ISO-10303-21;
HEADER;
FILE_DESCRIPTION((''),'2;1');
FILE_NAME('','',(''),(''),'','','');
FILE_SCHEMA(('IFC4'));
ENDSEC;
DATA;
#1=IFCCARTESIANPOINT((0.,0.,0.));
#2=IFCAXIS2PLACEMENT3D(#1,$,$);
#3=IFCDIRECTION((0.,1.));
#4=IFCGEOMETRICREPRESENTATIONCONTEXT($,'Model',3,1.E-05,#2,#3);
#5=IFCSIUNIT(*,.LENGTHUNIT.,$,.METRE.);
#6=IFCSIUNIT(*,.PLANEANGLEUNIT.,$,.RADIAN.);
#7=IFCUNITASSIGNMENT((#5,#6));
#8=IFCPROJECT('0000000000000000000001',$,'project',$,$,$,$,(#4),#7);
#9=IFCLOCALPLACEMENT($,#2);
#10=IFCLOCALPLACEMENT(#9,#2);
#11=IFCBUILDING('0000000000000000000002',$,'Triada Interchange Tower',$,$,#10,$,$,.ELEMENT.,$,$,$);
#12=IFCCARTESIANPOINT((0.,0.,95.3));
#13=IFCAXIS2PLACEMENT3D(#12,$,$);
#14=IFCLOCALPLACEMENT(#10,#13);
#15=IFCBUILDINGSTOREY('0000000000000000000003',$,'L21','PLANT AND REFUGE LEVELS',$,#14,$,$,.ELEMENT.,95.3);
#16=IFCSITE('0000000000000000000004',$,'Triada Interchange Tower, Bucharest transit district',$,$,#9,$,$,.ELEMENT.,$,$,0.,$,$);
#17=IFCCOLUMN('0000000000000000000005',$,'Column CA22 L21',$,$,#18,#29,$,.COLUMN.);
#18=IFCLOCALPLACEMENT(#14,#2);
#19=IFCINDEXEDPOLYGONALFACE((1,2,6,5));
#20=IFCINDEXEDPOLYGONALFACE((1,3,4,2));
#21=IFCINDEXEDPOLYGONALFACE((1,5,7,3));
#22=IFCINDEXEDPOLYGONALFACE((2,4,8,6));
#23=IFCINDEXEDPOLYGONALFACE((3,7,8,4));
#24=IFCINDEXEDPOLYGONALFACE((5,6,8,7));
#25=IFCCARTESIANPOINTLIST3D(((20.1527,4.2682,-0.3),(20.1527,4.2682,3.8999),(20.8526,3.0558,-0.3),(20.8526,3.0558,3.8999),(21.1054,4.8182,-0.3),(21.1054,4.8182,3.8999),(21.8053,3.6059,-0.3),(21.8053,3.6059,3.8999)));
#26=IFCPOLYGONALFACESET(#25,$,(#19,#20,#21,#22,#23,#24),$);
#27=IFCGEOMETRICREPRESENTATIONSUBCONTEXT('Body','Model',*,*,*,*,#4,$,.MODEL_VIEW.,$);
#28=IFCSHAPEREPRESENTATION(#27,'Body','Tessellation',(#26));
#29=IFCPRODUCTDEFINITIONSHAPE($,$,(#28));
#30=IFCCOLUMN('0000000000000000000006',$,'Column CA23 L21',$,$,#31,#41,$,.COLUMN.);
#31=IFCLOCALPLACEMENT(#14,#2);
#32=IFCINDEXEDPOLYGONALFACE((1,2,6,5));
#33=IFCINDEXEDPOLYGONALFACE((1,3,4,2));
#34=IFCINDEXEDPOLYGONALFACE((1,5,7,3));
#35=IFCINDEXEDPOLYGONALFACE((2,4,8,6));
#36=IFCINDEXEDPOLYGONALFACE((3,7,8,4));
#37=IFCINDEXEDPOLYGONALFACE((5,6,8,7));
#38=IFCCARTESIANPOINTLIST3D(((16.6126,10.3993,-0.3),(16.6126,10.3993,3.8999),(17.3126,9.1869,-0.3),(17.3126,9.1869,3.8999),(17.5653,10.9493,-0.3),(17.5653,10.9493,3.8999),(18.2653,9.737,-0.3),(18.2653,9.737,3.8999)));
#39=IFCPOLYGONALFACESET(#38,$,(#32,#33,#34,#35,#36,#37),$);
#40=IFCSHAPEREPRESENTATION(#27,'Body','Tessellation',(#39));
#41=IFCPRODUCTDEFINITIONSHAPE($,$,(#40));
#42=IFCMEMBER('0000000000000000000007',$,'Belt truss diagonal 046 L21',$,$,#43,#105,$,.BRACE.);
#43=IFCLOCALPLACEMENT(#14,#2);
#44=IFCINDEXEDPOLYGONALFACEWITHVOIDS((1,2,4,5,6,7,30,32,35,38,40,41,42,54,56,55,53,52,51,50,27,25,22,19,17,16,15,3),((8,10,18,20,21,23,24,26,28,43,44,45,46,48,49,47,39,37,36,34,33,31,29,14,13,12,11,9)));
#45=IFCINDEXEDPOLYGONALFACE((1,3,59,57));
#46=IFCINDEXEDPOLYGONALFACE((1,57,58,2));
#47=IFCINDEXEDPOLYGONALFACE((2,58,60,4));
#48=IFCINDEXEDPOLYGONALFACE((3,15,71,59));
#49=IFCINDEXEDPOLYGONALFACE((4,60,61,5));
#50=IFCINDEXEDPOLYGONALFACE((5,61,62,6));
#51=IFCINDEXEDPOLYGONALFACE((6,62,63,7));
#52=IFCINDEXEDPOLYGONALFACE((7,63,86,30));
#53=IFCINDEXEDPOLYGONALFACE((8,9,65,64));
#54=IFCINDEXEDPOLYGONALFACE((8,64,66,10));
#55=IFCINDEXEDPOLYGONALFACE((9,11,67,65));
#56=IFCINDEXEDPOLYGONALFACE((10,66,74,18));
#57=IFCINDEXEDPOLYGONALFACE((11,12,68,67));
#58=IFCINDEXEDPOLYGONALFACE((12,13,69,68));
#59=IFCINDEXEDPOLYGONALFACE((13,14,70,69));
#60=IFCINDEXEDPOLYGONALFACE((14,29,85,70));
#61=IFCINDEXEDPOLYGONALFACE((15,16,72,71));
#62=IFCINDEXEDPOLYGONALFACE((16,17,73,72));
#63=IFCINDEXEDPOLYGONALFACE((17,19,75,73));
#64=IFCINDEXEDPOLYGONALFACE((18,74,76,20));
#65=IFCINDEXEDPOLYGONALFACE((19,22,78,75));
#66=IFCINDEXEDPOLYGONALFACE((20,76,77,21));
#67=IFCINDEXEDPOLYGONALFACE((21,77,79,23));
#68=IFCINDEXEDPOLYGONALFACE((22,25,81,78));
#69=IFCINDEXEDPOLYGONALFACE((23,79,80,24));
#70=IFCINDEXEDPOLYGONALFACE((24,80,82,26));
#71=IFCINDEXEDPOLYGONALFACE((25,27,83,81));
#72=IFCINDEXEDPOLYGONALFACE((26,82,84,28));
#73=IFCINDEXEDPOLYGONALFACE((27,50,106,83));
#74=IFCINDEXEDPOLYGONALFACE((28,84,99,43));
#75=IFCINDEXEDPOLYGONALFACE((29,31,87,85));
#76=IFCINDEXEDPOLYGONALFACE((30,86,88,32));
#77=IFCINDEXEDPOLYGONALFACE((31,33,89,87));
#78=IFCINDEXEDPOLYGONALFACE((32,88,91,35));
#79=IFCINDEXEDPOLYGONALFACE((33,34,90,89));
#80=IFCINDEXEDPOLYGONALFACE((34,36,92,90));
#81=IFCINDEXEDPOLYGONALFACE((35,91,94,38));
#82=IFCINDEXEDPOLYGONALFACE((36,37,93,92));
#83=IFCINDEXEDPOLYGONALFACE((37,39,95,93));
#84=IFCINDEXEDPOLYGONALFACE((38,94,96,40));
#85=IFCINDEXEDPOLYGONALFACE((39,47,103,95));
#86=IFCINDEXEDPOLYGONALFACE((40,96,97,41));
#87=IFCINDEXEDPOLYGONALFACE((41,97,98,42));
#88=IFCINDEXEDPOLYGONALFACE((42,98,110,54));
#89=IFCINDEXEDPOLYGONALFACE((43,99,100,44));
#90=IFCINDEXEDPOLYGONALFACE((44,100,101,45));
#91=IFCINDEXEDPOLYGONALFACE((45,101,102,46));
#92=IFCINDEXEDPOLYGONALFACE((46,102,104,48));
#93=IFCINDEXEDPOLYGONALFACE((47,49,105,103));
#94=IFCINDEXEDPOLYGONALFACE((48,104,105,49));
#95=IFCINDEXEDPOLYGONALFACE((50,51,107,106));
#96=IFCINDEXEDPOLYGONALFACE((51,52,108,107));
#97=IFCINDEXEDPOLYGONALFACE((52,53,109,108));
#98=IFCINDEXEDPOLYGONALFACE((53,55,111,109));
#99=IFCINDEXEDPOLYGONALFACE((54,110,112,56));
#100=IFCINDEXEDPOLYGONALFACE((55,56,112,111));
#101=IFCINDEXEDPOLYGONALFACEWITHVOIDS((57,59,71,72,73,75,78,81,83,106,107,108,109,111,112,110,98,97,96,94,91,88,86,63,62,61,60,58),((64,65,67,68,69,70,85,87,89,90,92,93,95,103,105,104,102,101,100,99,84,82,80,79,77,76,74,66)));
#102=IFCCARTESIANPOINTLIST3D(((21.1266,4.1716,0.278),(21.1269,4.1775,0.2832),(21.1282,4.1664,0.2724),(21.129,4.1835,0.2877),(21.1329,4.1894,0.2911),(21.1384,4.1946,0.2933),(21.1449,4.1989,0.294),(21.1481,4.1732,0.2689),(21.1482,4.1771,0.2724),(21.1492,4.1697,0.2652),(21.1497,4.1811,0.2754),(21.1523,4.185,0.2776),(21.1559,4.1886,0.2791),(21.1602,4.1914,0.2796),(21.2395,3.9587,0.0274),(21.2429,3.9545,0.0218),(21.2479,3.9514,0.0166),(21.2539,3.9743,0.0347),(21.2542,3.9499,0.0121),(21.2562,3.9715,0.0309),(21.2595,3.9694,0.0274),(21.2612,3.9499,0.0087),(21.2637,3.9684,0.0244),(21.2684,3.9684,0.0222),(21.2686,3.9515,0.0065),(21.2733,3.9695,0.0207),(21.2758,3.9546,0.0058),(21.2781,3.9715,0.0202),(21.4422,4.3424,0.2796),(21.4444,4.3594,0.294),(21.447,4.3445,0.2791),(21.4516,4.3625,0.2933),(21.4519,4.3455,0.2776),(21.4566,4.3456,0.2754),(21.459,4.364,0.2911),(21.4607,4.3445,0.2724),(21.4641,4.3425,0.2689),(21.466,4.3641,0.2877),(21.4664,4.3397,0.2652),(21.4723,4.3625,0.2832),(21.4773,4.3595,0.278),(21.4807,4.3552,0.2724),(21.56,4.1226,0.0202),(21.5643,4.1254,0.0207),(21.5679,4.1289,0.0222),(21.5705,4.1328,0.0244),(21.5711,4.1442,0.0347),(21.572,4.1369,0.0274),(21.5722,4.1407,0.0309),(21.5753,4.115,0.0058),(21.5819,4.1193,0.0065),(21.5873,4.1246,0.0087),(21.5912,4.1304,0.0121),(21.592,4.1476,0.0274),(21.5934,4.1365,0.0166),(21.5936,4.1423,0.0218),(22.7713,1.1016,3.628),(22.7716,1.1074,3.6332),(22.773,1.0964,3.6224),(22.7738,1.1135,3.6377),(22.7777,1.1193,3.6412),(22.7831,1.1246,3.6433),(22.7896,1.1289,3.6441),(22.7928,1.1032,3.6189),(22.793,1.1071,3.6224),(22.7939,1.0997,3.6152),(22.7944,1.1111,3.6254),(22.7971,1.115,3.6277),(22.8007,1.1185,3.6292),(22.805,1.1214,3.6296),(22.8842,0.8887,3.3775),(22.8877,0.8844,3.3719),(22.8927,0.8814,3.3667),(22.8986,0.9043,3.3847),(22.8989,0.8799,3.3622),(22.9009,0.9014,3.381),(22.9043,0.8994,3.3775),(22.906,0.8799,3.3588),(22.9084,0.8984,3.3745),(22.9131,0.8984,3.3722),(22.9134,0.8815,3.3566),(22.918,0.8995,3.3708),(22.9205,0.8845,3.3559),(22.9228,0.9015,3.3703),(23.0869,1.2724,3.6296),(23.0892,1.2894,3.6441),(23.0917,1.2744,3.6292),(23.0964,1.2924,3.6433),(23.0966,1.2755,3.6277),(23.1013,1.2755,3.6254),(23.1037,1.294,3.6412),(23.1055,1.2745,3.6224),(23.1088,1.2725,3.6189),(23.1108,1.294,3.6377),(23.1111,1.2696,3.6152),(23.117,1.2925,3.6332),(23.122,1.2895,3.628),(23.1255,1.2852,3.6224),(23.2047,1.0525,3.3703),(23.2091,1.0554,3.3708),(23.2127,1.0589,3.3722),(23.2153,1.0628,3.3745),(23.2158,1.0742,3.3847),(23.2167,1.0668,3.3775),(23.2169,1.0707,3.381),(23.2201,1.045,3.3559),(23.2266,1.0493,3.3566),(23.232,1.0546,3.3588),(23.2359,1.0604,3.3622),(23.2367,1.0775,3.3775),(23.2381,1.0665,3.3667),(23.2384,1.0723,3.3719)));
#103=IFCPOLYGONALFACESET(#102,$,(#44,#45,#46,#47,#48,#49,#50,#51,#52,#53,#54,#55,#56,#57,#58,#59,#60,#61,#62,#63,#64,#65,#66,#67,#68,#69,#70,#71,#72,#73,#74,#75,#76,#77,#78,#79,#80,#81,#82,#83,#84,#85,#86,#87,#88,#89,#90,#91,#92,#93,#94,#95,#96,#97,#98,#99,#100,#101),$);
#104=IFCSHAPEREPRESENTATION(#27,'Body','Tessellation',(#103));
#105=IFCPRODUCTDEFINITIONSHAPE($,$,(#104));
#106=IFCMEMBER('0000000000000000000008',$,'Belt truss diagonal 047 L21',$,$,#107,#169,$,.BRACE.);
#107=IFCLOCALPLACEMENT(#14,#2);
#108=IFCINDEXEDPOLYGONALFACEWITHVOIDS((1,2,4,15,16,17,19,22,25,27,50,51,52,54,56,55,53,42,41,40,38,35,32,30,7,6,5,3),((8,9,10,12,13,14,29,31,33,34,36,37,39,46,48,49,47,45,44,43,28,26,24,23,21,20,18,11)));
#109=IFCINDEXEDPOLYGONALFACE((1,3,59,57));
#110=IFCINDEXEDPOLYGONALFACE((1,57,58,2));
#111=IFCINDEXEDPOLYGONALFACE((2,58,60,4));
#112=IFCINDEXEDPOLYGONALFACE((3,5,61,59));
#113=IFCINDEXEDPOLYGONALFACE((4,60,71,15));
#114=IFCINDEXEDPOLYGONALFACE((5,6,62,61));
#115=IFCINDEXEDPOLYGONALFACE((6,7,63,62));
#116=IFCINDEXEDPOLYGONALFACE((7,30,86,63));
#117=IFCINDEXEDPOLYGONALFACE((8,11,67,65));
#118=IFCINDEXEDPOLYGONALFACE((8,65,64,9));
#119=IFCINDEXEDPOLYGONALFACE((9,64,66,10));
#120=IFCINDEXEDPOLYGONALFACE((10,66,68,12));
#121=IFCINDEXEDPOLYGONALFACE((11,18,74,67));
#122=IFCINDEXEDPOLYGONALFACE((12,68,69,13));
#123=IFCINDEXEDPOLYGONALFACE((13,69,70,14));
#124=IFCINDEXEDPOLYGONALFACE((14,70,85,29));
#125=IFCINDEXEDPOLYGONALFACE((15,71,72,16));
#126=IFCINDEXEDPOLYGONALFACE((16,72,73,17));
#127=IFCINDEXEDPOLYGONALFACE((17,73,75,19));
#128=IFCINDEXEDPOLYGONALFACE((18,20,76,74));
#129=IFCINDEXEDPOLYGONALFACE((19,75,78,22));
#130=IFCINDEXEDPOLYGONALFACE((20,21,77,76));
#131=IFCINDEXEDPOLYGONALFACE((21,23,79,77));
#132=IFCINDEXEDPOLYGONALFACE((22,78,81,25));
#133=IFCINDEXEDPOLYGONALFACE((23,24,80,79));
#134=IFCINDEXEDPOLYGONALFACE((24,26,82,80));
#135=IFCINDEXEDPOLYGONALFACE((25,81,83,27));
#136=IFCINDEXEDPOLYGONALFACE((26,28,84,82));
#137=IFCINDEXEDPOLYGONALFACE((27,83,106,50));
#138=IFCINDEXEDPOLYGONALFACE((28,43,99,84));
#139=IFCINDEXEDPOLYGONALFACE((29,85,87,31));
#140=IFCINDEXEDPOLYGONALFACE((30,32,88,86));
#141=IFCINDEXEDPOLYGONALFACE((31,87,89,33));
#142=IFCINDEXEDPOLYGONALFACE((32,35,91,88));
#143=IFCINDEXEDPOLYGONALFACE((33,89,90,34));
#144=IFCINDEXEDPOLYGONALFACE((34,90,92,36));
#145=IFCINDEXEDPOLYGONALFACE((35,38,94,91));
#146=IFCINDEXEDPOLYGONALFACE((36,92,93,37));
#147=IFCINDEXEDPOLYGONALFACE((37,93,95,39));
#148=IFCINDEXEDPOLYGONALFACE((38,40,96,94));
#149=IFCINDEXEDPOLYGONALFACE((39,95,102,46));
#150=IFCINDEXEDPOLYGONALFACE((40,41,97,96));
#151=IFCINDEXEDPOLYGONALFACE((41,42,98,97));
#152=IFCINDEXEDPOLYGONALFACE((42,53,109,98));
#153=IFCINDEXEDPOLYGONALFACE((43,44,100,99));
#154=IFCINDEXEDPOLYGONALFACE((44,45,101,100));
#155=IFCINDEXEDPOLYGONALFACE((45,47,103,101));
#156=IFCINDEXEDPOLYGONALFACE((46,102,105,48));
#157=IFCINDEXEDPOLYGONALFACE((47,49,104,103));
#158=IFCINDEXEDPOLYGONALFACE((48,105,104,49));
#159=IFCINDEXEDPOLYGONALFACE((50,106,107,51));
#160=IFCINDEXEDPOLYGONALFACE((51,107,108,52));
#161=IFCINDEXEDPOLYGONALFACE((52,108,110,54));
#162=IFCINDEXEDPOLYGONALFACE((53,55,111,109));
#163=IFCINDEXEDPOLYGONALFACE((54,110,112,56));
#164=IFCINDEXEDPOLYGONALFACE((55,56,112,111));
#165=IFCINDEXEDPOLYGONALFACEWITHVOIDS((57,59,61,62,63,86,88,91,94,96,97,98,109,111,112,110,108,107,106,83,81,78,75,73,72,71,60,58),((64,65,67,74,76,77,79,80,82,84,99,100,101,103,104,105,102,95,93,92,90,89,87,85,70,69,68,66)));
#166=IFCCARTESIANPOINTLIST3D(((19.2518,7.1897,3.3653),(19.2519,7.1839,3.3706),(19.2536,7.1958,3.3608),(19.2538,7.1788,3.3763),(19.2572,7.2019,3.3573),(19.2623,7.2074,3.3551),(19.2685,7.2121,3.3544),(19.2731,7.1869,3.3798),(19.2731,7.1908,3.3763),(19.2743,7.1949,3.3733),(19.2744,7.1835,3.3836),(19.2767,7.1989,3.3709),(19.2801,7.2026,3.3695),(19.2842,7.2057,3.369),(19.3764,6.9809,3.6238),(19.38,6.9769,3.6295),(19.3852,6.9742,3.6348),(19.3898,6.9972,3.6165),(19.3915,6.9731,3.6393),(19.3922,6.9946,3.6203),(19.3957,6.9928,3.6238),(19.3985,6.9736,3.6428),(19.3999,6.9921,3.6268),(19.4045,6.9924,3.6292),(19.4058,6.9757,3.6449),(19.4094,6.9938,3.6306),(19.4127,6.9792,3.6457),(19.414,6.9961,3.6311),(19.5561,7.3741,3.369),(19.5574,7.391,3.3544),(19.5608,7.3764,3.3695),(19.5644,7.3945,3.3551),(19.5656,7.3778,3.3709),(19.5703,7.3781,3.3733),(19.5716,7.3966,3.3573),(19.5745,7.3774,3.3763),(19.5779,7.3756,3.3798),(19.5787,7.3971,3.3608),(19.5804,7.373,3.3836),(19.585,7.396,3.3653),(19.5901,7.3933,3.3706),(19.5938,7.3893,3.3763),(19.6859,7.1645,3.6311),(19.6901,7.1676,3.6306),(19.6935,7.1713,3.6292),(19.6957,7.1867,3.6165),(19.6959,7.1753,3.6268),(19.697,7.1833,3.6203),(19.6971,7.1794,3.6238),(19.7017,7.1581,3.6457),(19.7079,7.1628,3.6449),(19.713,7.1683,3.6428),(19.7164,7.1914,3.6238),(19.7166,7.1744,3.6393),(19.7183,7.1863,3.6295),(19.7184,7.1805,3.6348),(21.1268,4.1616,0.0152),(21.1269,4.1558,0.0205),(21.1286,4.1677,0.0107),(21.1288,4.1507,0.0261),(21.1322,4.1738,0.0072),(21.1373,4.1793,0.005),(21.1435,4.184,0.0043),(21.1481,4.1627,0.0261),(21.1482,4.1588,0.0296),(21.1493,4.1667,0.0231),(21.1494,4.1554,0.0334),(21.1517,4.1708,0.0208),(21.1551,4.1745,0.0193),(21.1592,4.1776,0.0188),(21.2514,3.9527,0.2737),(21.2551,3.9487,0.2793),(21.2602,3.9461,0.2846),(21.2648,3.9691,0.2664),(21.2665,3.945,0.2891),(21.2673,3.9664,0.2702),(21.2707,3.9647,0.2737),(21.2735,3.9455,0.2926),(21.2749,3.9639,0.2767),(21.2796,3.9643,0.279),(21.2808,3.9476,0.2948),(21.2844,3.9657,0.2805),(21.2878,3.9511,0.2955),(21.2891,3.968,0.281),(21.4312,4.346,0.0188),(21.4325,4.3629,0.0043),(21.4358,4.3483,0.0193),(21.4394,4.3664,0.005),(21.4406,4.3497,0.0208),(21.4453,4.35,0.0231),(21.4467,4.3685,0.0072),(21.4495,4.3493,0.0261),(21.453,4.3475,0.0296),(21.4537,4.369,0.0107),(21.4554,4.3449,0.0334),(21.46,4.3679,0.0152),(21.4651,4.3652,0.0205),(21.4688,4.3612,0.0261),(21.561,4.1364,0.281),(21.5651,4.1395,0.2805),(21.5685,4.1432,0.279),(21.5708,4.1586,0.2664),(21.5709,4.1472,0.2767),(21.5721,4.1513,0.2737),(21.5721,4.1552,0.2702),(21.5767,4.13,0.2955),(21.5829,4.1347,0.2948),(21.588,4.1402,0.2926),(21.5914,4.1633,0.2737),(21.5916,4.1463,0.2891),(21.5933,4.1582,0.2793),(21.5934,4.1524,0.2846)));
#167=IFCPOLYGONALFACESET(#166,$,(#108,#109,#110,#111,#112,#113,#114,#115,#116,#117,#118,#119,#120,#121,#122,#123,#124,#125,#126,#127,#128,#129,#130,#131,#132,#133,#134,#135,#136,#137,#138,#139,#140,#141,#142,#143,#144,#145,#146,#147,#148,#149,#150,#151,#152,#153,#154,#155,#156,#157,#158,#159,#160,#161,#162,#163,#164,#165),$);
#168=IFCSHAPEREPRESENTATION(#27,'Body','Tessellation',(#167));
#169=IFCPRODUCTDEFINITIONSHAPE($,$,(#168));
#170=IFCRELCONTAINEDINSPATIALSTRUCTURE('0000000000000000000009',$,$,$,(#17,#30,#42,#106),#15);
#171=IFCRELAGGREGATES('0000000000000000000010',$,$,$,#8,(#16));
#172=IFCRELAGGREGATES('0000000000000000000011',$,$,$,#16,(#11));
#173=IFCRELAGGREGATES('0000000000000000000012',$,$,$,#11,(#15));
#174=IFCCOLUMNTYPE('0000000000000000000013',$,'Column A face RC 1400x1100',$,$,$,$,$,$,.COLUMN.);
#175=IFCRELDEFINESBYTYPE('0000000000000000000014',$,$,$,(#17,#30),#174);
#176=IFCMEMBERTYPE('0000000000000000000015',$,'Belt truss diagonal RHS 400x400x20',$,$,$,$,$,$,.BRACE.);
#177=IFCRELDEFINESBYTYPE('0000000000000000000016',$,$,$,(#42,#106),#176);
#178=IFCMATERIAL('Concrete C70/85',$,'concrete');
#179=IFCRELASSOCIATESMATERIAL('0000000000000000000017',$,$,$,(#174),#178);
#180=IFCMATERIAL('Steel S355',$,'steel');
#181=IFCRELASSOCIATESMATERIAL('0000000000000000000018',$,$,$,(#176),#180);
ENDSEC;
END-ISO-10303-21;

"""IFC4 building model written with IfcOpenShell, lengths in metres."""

from ifc_helpers import new_model, si_unit, direction, frame, origin, origin_2d, place, context, subcontext, project, spatial, rectangle, hollow_rectangle, extrude, material, material_profile, profile_set, type_object, element, save


model = new_model("IFC4")

# Units and contexts
model_context = context("Model", 3, precision=1e-05, world=origin(), true_north=direction((0.0, 1.0)))
body_context = subcontext(model_context, "Body", "Model", "MODEL_VIEW")
ifc_project = project(units=[si_unit("LENGTHUNIT", "METRE"), si_unit("PLANEANGLEUNIT", "RADIAN")], contexts=[model_context])

# Site, building, storey
site_placement = place(None, origin())
site = spatial("IfcSite", under=ifc_project, at=site_placement, Name="Triada Interchange Tower, Bucharest transit district", CompositionType="ELEMENT", RefElevation=0.0)
building_placement = place(site_placement, origin())
building = spatial("IfcBuilding", under=site, at=building_placement, Name="Triada Interchange Tower", CompositionType="ELEMENT")
storey_placement = place(building_placement, frame((0.0, 0.0, 95.3)))
storey = spatial("IfcBuildingStorey", under=building, at=storey_placement, Name="L21", Description="PLANT AND REFUGE LEVELS", CompositionType="ELEMENT", Elevation=95.3)

# Columns
ifc_material_1 = material(Name="Concrete C70/85", Category="concrete")
ifc_material_profile_1 = material_profile(ifc_material_1, rectangle(XDim=1.3999, YDim=1.1001, at=origin_2d()), Name="RC 1400x1100")
ifc_profile_set_1 = profile_set([ifc_material_profile_1], Name="Concrete C70/85")
column_type = type_object("IfcColumnType", Name="Column A face RC 1400x1100", PredefinedType="COLUMN", material=ifc_profile_set_1)
for number, where, z_axis, x_axis, name in (
    (1, (20.979, 3.937, -0.3), (0.0, 0.0, 1.0), (-0.5, 0.866025, 0.0), "Column CA22 L21"),
    (2, (17.439, 10.0681, -0.3), (0.0, 0.0, 1.0), (-0.5, 0.866025, 0.0), "Column CA23 L21"),
):
    element("IfcColumn", number, at=place(storey_placement, frame(where, z_axis=z_axis, x_axis=x_axis)), inside=storey, type_object=column_type, Name=name, PredefinedType="COLUMN", context=body_context, shape_type="SweptSolid", body=[
        extrude(rectangle(XDim=1.3999, YDim=1.1001, at=origin_2d()), origin(), (0.0, 0.0, 1.0), 4.2),
    ])

# Members
ifc_material_2 = material(Name="Steel S355", Category="steel")
ifc_material_profile_2 = material_profile(ifc_material_2, hollow_rectangle(XDim=0.3999, YDim=0.3999, WallThickness=0.02, InnerFilletRadius=0.02, OuterFilletRadius=0.03, at=origin_2d()), Name="RHS 400x400x20")
ifc_profile_set_2 = profile_set([ifc_material_profile_2], Name="Steel S355")
member_type = type_object("IfcMemberType", Name="Belt truss diagonal RHS 400x400x20", PredefinedType="BRACE", material=ifc_profile_set_2)
member_1_placement = place(storey_placement, frame((21.3601, 4.157, 0.1499), z_axis=(0.340352, -0.635287, 0.693233), x_axis=(0.881469, 0.472243, 0.0)))
element("IfcMember", 3, at=member_1_placement, inside=storey, type_object=member_type, Name="Belt truss diagonal 046 L21", PredefinedType="BRACE", context=body_context, shape_type="SweptSolid", body=[
    extrude(hollow_rectangle(XDim=0.3999, YDim=0.3999, WallThickness=0.02, InnerFilletRadius=0.02, OuterFilletRadius=0.03, at=origin_2d()), origin(), (0.0, 0.0, 1.0), 4.8325),
])
member_2_placement = place(storey_placement, frame((21.3601, 4.157, 0.1499), z_axis=(-0.383468, 0.619291, 0.68515), x_axis=(-0.850205, -0.526451, 0.0)))
element("IfcMember", 4, at=member_2_placement, inside=storey, type_object=member_type, Name="Belt truss diagonal 047 L21", PredefinedType="BRACE", context=body_context, shape_type="SweptSolid", body=[
    extrude(hollow_rectangle(XDim=0.3999, YDim=0.3999, WallThickness=0.02, InnerFilletRadius=0.02, OuterFilletRadius=0.03, at=origin_2d()), origin(), (0.0, 0.0, 1.0), 4.8896),
])

save(model, "model.ifc")
